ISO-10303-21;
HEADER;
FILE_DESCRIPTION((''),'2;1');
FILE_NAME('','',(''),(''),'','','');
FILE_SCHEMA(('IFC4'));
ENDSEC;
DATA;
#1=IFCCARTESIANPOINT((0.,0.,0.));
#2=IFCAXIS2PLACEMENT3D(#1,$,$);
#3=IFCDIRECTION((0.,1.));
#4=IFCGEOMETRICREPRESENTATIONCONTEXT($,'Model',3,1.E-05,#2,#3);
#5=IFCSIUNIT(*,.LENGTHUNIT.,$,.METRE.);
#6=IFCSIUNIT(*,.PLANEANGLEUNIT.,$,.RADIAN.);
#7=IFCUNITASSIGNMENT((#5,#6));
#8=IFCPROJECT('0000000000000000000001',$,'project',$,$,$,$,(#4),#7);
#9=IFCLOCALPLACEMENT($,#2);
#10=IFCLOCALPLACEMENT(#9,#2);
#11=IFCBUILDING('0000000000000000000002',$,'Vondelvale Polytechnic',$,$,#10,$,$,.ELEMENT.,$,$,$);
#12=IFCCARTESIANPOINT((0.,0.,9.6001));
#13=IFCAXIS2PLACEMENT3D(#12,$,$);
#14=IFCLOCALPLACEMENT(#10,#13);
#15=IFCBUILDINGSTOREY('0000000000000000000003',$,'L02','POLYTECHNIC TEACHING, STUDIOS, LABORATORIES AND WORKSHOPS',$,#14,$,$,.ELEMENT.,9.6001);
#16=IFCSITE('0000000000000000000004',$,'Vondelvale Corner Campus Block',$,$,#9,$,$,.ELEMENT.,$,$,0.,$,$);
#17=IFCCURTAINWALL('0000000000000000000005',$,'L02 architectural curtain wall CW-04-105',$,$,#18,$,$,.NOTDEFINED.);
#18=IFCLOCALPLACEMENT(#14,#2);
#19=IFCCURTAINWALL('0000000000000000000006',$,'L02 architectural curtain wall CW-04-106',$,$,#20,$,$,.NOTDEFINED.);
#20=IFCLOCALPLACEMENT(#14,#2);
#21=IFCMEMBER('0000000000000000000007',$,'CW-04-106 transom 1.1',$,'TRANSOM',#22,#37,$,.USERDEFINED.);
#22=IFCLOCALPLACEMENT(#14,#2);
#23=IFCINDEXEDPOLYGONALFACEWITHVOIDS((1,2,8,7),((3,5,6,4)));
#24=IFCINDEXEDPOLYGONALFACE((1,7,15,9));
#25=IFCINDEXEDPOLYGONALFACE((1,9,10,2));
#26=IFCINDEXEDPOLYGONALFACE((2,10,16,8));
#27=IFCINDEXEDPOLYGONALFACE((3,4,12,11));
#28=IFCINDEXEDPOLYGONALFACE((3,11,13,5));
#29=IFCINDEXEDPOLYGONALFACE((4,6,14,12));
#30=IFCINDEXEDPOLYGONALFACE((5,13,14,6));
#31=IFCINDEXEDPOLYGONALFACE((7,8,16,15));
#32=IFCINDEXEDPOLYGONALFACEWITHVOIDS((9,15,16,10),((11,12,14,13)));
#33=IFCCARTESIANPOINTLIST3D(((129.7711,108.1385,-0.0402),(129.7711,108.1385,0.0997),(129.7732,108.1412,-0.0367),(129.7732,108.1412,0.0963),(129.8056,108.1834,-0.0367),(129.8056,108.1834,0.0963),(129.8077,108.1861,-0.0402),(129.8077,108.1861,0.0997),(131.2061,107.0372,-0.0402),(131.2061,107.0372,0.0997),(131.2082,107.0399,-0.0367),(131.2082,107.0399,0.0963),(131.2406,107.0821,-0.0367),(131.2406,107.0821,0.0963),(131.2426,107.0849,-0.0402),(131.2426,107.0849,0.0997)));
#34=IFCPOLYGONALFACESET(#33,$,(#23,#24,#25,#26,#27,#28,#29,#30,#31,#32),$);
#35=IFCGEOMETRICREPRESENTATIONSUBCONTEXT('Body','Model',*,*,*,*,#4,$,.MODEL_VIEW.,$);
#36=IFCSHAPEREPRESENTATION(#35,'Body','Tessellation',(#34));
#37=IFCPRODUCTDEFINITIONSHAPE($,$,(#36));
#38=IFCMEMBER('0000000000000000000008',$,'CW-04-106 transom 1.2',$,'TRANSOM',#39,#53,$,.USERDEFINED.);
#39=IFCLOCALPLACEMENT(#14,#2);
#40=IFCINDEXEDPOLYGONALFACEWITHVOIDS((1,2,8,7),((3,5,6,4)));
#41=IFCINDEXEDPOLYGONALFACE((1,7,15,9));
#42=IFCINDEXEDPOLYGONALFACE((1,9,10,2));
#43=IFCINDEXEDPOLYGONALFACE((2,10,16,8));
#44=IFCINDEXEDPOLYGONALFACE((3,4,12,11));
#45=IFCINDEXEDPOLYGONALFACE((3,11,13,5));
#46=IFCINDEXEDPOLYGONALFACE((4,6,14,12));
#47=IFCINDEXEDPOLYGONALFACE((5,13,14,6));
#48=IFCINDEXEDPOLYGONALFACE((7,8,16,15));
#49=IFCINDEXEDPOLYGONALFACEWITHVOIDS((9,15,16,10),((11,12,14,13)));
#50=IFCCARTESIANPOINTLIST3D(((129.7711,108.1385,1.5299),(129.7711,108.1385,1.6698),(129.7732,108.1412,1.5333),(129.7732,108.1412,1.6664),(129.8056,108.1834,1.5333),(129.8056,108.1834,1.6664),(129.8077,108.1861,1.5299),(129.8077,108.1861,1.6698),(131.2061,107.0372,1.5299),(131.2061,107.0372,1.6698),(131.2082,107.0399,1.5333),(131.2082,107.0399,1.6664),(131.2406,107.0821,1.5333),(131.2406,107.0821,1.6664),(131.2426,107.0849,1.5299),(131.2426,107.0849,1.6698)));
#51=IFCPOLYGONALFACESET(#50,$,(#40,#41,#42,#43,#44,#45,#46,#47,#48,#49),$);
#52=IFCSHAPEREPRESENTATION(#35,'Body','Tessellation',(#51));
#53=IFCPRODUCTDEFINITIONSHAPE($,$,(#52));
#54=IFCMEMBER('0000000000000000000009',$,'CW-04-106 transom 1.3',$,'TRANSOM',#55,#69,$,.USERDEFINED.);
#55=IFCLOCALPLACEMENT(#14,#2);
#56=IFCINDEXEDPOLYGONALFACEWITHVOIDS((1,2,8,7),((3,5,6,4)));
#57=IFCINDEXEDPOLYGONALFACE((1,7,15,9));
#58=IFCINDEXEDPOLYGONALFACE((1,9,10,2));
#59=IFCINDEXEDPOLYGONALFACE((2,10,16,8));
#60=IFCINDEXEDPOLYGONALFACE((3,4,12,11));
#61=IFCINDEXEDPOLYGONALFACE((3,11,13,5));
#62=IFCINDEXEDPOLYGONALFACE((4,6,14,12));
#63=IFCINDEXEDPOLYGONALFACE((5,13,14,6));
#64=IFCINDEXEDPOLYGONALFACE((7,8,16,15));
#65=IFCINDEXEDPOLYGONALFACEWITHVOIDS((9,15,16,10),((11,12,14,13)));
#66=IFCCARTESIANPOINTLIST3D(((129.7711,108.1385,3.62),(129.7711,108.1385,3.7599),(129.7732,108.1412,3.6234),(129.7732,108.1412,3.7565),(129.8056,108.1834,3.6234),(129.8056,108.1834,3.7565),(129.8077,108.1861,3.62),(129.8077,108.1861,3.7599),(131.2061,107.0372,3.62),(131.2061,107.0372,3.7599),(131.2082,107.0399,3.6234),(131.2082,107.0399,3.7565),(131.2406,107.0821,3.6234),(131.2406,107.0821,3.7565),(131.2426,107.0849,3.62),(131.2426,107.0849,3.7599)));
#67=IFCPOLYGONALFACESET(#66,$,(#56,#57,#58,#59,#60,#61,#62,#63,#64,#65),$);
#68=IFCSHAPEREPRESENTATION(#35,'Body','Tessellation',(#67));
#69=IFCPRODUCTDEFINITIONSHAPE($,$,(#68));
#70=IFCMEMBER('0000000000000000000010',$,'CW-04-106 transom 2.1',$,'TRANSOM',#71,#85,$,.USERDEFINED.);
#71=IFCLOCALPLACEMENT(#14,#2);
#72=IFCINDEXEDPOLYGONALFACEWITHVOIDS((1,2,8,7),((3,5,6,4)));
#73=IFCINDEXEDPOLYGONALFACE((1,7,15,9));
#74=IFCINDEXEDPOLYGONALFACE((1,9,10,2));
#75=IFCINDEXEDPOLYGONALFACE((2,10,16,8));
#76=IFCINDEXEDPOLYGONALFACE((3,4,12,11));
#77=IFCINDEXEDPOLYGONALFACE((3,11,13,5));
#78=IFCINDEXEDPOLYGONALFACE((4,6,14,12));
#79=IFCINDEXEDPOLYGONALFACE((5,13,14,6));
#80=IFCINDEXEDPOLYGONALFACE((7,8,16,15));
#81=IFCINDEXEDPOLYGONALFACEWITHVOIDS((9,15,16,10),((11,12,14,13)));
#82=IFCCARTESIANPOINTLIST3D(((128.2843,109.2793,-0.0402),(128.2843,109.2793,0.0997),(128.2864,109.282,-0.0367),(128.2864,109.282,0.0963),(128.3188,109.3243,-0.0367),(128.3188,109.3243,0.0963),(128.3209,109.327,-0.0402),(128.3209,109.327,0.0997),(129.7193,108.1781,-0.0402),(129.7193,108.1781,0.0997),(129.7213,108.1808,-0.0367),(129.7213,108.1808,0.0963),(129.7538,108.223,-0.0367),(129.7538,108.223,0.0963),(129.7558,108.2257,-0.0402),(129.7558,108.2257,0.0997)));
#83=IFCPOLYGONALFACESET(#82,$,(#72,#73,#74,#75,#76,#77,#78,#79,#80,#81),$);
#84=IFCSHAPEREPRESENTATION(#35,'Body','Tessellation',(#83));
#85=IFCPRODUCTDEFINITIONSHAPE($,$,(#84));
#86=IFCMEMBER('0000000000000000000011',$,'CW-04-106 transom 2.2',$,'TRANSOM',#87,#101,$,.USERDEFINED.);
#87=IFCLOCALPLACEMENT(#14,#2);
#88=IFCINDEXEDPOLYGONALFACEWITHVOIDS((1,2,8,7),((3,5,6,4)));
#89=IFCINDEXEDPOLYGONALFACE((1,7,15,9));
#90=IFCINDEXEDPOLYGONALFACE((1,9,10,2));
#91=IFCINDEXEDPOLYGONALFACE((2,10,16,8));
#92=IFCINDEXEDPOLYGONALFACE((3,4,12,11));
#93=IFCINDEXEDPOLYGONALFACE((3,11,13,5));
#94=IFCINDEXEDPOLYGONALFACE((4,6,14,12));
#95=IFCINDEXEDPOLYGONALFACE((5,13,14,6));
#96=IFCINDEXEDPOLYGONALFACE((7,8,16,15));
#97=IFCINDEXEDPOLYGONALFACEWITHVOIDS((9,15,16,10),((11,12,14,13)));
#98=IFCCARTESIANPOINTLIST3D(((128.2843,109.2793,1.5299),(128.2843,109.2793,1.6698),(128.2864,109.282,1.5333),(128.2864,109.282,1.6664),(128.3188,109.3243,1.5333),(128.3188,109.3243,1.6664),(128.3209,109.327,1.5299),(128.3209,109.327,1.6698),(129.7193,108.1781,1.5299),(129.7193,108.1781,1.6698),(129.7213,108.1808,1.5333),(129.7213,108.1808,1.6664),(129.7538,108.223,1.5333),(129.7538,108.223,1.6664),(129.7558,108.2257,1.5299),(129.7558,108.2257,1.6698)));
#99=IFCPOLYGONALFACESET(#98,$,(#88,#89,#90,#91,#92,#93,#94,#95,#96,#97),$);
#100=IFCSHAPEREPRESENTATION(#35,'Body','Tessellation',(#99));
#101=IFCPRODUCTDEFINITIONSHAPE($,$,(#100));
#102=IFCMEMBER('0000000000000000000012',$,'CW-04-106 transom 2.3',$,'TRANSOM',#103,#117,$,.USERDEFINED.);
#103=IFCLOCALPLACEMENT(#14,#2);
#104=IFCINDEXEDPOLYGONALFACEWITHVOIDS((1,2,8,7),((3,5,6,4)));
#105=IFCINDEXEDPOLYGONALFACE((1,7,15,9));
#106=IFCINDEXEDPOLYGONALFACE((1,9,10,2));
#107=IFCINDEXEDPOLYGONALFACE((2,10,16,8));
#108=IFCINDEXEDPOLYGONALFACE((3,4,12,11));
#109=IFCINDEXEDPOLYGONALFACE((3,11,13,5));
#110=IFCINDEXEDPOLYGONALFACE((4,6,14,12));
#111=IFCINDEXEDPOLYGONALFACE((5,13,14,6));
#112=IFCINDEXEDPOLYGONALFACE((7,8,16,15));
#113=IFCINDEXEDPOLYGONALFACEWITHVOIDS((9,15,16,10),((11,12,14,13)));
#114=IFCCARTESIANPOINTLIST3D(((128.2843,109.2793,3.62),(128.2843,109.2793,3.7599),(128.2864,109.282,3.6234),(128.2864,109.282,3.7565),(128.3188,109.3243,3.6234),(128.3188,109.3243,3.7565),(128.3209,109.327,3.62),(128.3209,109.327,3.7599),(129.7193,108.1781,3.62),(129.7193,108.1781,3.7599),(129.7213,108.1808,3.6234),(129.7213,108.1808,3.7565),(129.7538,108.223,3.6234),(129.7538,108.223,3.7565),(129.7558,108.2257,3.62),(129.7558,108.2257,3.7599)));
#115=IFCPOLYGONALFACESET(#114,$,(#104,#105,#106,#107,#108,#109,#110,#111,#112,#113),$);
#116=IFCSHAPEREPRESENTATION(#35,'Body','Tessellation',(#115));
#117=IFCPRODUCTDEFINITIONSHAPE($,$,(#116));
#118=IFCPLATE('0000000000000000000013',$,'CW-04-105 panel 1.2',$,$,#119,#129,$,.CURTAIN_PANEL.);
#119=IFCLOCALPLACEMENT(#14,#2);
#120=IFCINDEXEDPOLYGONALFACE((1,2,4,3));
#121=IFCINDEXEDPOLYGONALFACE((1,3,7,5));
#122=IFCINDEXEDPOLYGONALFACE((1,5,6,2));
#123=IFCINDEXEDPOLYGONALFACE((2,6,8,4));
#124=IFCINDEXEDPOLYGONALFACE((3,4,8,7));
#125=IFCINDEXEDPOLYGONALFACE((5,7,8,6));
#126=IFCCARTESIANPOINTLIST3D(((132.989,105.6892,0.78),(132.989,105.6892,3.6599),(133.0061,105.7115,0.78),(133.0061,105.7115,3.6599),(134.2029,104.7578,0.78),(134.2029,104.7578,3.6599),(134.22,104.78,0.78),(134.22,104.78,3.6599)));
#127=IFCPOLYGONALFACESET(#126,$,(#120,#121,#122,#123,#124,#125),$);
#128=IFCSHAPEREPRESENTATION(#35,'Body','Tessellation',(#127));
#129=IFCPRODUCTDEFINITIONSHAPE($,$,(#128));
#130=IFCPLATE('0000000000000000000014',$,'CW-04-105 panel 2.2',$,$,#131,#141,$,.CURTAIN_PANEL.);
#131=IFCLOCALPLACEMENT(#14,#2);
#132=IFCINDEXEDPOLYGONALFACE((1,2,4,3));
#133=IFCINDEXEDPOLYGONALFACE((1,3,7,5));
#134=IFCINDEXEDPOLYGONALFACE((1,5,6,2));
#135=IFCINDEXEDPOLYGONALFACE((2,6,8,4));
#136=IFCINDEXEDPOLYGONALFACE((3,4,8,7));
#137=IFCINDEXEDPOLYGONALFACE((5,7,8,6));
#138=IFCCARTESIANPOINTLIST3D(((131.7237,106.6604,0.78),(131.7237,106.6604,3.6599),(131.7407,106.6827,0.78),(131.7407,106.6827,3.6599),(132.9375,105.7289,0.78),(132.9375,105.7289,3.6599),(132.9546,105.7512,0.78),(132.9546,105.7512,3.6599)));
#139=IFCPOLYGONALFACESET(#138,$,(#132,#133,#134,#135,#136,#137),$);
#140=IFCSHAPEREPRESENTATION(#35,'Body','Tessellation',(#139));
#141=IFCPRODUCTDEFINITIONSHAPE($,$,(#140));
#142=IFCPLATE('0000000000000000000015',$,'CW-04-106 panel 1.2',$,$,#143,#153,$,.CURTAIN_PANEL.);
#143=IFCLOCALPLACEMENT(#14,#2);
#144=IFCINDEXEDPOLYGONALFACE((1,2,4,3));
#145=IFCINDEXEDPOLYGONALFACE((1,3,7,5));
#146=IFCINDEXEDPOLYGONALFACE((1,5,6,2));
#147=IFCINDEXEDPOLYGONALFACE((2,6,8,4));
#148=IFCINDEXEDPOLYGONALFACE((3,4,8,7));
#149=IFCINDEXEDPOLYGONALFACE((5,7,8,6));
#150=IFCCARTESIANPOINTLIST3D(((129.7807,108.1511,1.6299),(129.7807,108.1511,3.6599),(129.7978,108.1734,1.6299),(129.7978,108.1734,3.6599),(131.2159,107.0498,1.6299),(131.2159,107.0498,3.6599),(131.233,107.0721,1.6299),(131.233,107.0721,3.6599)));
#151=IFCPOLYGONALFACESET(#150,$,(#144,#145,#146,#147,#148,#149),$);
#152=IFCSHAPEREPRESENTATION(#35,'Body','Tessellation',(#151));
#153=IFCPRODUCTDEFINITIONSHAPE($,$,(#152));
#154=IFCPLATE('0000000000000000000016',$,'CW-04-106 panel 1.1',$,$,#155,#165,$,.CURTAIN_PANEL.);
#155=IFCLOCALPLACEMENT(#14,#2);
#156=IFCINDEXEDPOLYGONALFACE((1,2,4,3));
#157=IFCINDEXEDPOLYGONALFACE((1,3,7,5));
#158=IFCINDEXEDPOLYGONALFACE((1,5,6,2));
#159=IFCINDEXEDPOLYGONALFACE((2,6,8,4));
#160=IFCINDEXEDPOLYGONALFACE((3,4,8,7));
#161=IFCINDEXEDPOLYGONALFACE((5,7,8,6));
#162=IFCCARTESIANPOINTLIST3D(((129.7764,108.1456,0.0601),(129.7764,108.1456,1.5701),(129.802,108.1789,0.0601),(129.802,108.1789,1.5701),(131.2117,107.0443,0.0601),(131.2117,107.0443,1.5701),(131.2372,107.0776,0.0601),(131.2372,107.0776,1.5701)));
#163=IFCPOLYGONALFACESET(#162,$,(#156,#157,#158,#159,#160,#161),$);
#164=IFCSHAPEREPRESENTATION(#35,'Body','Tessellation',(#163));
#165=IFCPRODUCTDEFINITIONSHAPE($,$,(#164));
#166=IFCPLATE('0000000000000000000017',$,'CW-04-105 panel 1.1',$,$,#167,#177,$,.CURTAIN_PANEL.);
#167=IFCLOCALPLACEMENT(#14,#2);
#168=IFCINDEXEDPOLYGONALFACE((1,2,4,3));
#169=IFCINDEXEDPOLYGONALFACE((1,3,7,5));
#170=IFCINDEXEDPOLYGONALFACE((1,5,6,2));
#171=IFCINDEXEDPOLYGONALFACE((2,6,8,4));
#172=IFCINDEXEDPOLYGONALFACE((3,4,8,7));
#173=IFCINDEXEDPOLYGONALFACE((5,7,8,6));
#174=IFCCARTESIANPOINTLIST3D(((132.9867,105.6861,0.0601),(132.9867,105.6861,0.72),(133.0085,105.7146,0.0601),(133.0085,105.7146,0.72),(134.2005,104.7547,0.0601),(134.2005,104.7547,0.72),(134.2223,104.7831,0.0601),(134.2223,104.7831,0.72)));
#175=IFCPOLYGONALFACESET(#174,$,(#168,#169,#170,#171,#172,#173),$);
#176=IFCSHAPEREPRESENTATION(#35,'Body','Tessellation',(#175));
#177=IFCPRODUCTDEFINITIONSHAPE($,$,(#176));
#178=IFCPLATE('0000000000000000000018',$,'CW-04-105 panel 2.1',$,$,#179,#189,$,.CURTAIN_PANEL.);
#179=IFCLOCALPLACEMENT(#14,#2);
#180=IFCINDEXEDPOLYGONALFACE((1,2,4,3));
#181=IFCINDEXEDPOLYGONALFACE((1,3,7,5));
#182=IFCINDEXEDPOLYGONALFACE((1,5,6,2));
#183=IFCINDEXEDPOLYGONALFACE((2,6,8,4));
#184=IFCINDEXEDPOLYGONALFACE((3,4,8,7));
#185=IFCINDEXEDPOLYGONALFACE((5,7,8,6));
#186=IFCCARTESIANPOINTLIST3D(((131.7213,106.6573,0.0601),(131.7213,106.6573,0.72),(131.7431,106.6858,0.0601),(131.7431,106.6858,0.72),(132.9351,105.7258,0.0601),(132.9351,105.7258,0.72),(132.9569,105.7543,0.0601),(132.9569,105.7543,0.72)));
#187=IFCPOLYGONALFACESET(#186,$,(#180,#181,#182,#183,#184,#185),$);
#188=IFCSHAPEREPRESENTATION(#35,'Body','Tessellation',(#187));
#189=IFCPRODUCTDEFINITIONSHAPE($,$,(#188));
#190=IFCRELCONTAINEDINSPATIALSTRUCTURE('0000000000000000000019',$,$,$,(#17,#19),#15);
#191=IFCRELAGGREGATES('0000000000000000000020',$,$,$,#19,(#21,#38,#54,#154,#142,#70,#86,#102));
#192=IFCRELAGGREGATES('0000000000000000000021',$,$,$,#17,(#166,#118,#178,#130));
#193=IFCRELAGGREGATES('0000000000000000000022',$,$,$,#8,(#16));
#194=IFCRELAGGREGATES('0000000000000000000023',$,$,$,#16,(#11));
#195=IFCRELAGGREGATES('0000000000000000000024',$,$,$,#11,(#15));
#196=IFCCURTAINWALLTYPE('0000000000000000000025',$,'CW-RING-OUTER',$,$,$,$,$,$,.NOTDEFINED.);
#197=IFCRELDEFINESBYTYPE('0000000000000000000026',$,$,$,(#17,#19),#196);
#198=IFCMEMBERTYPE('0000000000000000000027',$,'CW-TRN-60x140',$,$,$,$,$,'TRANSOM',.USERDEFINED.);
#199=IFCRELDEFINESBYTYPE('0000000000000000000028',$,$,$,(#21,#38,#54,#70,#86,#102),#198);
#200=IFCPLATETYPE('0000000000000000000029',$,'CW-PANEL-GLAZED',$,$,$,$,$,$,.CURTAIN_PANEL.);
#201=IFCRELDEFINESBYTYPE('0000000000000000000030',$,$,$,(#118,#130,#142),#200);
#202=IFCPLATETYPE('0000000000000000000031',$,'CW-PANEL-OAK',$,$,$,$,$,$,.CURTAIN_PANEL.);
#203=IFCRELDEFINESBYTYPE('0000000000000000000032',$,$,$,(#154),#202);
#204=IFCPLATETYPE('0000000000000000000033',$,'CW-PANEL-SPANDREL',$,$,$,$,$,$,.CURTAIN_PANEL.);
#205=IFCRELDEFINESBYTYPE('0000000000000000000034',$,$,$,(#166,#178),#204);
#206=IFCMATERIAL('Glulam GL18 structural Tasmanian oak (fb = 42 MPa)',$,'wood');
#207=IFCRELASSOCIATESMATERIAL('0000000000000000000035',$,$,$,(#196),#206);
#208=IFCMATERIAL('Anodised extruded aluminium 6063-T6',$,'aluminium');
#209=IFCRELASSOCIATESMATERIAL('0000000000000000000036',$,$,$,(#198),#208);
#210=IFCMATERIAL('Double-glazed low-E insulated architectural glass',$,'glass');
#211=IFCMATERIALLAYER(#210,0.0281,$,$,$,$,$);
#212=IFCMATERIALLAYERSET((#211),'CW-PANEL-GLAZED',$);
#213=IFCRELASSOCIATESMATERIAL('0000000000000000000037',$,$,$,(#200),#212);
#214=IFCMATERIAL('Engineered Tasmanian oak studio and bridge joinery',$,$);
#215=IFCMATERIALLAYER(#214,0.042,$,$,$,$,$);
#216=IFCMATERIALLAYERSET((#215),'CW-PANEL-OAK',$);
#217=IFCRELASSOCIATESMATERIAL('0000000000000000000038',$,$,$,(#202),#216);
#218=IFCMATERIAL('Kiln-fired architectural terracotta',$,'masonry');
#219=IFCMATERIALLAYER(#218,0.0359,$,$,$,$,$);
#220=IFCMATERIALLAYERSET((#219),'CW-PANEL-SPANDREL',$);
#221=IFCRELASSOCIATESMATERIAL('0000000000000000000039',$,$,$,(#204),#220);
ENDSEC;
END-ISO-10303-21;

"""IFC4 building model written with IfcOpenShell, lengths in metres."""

from ifc_helpers import new_model, si_unit, direction, frame, origin, origin_2d, place, context, subcontext, project, spatial, rectangle, hollow_rectangle, extrude, material, layer, layer_set, material_profile, profile_set, type_object, element, aggregate, save


model = new_model("IFC4")

# Units and contexts
model_context = context("Model", 3, precision=1e-05, world=origin(), true_north=direction((0.0, 1.0)))
body_context = subcontext(model_context, "Body", "Model", "MODEL_VIEW")
ifc_project = project(units=[si_unit("LENGTHUNIT", "METRE"), si_unit("PLANEANGLEUNIT", "RADIAN")], contexts=[model_context])

# Site, building, storey
site_placement = place(None, origin())
site = spatial("IfcSite", under=ifc_project, at=site_placement, Name="Vondelvale Corner Campus Block", CompositionType="ELEMENT", RefElevation=0.0)
building_placement = place(site_placement, origin())
building = spatial("IfcBuilding", under=site, at=building_placement, Name="Vondelvale Polytechnic", CompositionType="ELEMENT")
storey_placement = place(building_placement, frame((0.0, 0.0, 9.6001)))
storey = spatial("IfcBuildingStorey", under=building, at=storey_placement, Name="L02", Description="POLYTECHNIC TEACHING, STUDIOS, LABORATORIES AND WORKSHOPS", CompositionType="ELEMENT", Elevation=9.6001)

# Shared definitions
ifc_material_1 = material(Name="Glulam GL18 structural Tasmanian oak (fb = 42 MPa)", Category="wood")

# Curtain walls
curtain_wall_type = type_object("IfcCurtainWallType", Name="CW-RING-OUTER", PredefinedType="NOTDEFINED", material=ifc_material_1)
curtain_wall_1_placement = place(storey_placement, origin())
curtain_wall_1 = element("IfcCurtainWall", 1, at=curtain_wall_1_placement, inside=storey, type_object=curtain_wall_type, Name="L02 architectural curtain wall CW-04-105", PredefinedType="NOTDEFINED")
ifc_material_2 = material(Name="Anodised extruded aluminium 6063-T6", Category="aluminium")
curtain_wall_2_placement = place(storey_placement, origin())
curtain_wall_2 = element("IfcCurtainWall", 2, at=curtain_wall_2_placement, inside=storey, type_object=curtain_wall_type, Name="L02 architectural curtain wall CW-04-106", PredefinedType="NOTDEFINED")

# Members
ifc_material_profile_1 = material_profile(ifc_material_2, hollow_rectangle(XDim=0.0601, YDim=0.1399, WallThickness=0.0034, at=origin_2d()), Name="CW-TRN-140x60")
ifc_profile_set_1 = profile_set([ifc_material_profile_1], Name="Anodised extruded aluminium 6063-T6")
member_type_1 = type_object("IfcMemberType", Name="CW-TRN-60x140", ElementType="TRANSOM", PredefinedType="USERDEFINED", material=ifc_profile_set_1)
member_1_placement = place(storey_placement, frame((131.2244, 107.061, 0.0298), z_axis=(-0.793311, 0.608817, 0.0), x_axis=(-0.608817, -0.793311, 0.0)))
member_1 = element("IfcMember", 3, at=member_1_placement, type_object=member_type_1, Name="CW-04-106 transom 1.1", ObjectType="TRANSOM", PredefinedType="USERDEFINED", context=body_context, shape_type="SweptSolid", body=[
    extrude(hollow_rectangle(XDim=0.0601, YDim=0.1399, WallThickness=0.0034, at=origin_2d()), origin(), (0.0, 0.0, 1.0), 1.8088),
])
member_2_placement = place(storey_placement, frame((131.2244, 107.061, 1.5999), z_axis=(-0.793311, 0.608817, 0.0), x_axis=(-0.608817, -0.793311, 0.0)))
member_2 = element("IfcMember", 4, at=member_2_placement, type_object=member_type_1, Name="CW-04-106 transom 1.2", ObjectType="TRANSOM", PredefinedType="USERDEFINED", context=body_context, shape_type="SweptSolid", body=[
    extrude(hollow_rectangle(XDim=0.0601, YDim=0.1399, WallThickness=0.0034, at=origin_2d()), origin(), (0.0, 0.0, 1.0), 1.8088),
])
member_3_placement = place(storey_placement, frame((131.2244, 107.061, 3.6899), z_axis=(-0.793311, 0.608817, 0.0), x_axis=(-0.608817, -0.793311, 0.0)))
member_3 = element("IfcMember", 5, at=member_3_placement, type_object=member_type_1, Name="CW-04-106 transom 1.3", ObjectType="TRANSOM", PredefinedType="USERDEFINED", context=body_context, shape_type="SweptSolid", body=[
    extrude(hollow_rectangle(XDim=0.0601, YDim=0.1399, WallThickness=0.0034, at=origin_2d()), origin(), (0.0, 0.0, 1.0), 1.8088),
])
member_4_placement = place(storey_placement, frame((129.7375, 108.2019, 0.0298), z_axis=(-0.793311, 0.608817, 0.0), x_axis=(-0.608817, -0.793311, 0.0)))
member_4 = element("IfcMember", 6, at=member_4_placement, type_object=member_type_1, Name="CW-04-106 transom 2.1", ObjectType="TRANSOM", PredefinedType="USERDEFINED", context=body_context, shape_type="SweptSolid", body=[
    extrude(hollow_rectangle(XDim=0.0601, YDim=0.1399, WallThickness=0.0034, at=origin_2d()), origin(), (0.0, 0.0, 1.0), 1.8088),
])
member_5_placement = place(storey_placement, frame((129.7375, 108.2019, 1.5999), z_axis=(-0.793311, 0.608817, 0.0), x_axis=(-0.608817, -0.793311, 0.0)))
member_5 = element("IfcMember", 7, at=member_5_placement, type_object=member_type_1, Name="CW-04-106 transom 2.2", ObjectType="TRANSOM", PredefinedType="USERDEFINED", context=body_context, shape_type="SweptSolid", body=[
    extrude(hollow_rectangle(XDim=0.0601, YDim=0.1399, WallThickness=0.0034, at=origin_2d()), origin(), (0.0, 0.0, 1.0), 1.8088),
])
member_6_placement = place(storey_placement, frame((129.7375, 108.2019, 3.6899), z_axis=(-0.793311, 0.608817, 0.0), x_axis=(-0.608817, -0.793311, 0.0)))
member_6 = element("IfcMember", 8, at=member_6_placement, type_object=member_type_1, Name="CW-04-106 transom 2.3", ObjectType="TRANSOM", PredefinedType="USERDEFINED", context=body_context, shape_type="SweptSolid", body=[
    extrude(hollow_rectangle(XDim=0.0601, YDim=0.1399, WallThickness=0.0034, at=origin_2d()), origin(), (0.0, 0.0, 1.0), 1.8088),
])

# Plates
ifc_material_3 = material(Name="Double-glazed low-E insulated architectural glass", Category="glass")
ifc_layer_1 = layer(ifc_material_3, 0.0281)
ifc_layer_set_1 = layer_set([ifc_layer_1], Name="CW-PANEL-GLAZED")
plate_type_1 = type_object("IfcPlateType", Name="CW-PANEL-GLAZED", PredefinedType="CURTAIN_PANEL", material=ifc_layer_set_1)
plate_1_placement = place(storey_placement, frame((133.6045, 105.2346, 0.78), z_axis=(0.0, 0.0, 1.0), x_axis=(-0.793334, 0.608787, 0.0)))
plate_1 = element("IfcPlate", 9, at=plate_1_placement, type_object=plate_type_1, Name="CW-04-105 panel 1.2", PredefinedType="CURTAIN_PANEL", context=body_context, shape_type="SweptSolid", body=[
    extrude(rectangle(XDim=1.53, YDim=0.0281, at=origin_2d()), origin(), (0.0, 0.0, 1.0), 2.8799),
])
plate_2_placement = place(storey_placement, frame((132.3391, 106.2058, 0.78), z_axis=(0.0, 0.0, 1.0), x_axis=(-0.793334, 0.608787, 0.0)))
plate_2 = element("IfcPlate", 10, at=plate_2_placement, type_object=plate_type_1, Name="CW-04-105 panel 2.2", PredefinedType="CURTAIN_PANEL", context=body_context, shape_type="SweptSolid", body=[
    extrude(rectangle(XDim=1.53, YDim=0.0281, at=origin_2d()), origin(), (0.0, 0.0, 1.0), 2.8799),
])
plate_3_placement = place(storey_placement, frame((130.5068, 107.6116, 1.6299), z_axis=(0.0, 0.0, 1.0), x_axis=(-0.793346, 0.608771, 0.0)))
plate_3 = element("IfcPlate", 11, at=plate_3_placement, type_object=plate_type_1, Name="CW-04-106 panel 1.2", PredefinedType="CURTAIN_PANEL", context=body_context, shape_type="SweptSolid", body=[
    extrude(rectangle(XDim=1.8091, YDim=0.0281, at=origin_2d()), origin(), (0.0, 0.0, 1.0), 2.03),
])
ifc_material_4 = material(Name="Engineered Tasmanian oak studio and bridge joinery")
ifc_layer_2 = layer(ifc_material_4, 0.042)
ifc_layer_set_2 = layer_set([ifc_layer_2], Name="CW-PANEL-OAK")
plate_type_2 = type_object("IfcPlateType", Name="CW-PANEL-OAK", PredefinedType="CURTAIN_PANEL", material=ifc_layer_set_2)
plate_4_placement = place(storey_placement, frame((130.5068, 107.6116, 0.0601), z_axis=(0.0, 0.0, 1.0), x_axis=(-0.793346, 0.608771, 0.0)))
plate_4 = element("IfcPlate", 12, at=plate_4_placement, type_object=plate_type_2, Name="CW-04-106 panel 1.1", PredefinedType="CURTAIN_PANEL", context=body_context, shape_type="SweptSolid", body=[
    extrude(rectangle(XDim=1.8091, YDim=0.042, at=origin_2d()), origin(), (0.0, 0.0, 1.0), 1.51),
])
aggregate(curtain_wall_2, [member_1, member_2, member_3, plate_4, plate_3, member_4, member_5, member_6])
ifc_material_5 = material(Name="Kiln-fired architectural terracotta", Category="masonry")
ifc_layer_3 = layer(ifc_material_5, 0.0359)
ifc_layer_set_3 = layer_set([ifc_layer_3], Name="CW-PANEL-SPANDREL")
plate_type_3 = type_object("IfcPlateType", Name="CW-PANEL-SPANDREL", PredefinedType="CURTAIN_PANEL", material=ifc_layer_set_3)
plate_5_placement = place(storey_placement, frame((133.6045, 105.2346, 0.0601), z_axis=(0.0, 0.0, 1.0), x_axis=(-0.793334, 0.608787, 0.0)))
plate_5 = element("IfcPlate", 13, at=plate_5_placement, type_object=plate_type_3, Name="CW-04-105 panel 1.1", PredefinedType="CURTAIN_PANEL", context=body_context, shape_type="SweptSolid", body=[
    extrude(rectangle(XDim=1.53, YDim=0.0359, at=origin_2d()), origin(), (0.0, 0.0, 1.0), 0.6599),
])
plate_6_placement = place(storey_placement, frame((132.3391, 106.2058, 0.0601), z_axis=(0.0, 0.0, 1.0), x_axis=(-0.793334, 0.608787, 0.0)))
plate_6 = element("IfcPlate", 14, at=plate_6_placement, type_object=plate_type_3, Name="CW-04-105 panel 2.1", PredefinedType="CURTAIN_PANEL", context=body_context, shape_type="SweptSolid", body=[
    extrude(rectangle(XDim=1.53, YDim=0.0359, at=origin_2d()), origin(), (0.0, 0.0, 1.0), 0.6599),
])
aggregate(curtain_wall_1, [plate_5, plate_1, plate_6, plate_2])

save(model, "model.ifc")
